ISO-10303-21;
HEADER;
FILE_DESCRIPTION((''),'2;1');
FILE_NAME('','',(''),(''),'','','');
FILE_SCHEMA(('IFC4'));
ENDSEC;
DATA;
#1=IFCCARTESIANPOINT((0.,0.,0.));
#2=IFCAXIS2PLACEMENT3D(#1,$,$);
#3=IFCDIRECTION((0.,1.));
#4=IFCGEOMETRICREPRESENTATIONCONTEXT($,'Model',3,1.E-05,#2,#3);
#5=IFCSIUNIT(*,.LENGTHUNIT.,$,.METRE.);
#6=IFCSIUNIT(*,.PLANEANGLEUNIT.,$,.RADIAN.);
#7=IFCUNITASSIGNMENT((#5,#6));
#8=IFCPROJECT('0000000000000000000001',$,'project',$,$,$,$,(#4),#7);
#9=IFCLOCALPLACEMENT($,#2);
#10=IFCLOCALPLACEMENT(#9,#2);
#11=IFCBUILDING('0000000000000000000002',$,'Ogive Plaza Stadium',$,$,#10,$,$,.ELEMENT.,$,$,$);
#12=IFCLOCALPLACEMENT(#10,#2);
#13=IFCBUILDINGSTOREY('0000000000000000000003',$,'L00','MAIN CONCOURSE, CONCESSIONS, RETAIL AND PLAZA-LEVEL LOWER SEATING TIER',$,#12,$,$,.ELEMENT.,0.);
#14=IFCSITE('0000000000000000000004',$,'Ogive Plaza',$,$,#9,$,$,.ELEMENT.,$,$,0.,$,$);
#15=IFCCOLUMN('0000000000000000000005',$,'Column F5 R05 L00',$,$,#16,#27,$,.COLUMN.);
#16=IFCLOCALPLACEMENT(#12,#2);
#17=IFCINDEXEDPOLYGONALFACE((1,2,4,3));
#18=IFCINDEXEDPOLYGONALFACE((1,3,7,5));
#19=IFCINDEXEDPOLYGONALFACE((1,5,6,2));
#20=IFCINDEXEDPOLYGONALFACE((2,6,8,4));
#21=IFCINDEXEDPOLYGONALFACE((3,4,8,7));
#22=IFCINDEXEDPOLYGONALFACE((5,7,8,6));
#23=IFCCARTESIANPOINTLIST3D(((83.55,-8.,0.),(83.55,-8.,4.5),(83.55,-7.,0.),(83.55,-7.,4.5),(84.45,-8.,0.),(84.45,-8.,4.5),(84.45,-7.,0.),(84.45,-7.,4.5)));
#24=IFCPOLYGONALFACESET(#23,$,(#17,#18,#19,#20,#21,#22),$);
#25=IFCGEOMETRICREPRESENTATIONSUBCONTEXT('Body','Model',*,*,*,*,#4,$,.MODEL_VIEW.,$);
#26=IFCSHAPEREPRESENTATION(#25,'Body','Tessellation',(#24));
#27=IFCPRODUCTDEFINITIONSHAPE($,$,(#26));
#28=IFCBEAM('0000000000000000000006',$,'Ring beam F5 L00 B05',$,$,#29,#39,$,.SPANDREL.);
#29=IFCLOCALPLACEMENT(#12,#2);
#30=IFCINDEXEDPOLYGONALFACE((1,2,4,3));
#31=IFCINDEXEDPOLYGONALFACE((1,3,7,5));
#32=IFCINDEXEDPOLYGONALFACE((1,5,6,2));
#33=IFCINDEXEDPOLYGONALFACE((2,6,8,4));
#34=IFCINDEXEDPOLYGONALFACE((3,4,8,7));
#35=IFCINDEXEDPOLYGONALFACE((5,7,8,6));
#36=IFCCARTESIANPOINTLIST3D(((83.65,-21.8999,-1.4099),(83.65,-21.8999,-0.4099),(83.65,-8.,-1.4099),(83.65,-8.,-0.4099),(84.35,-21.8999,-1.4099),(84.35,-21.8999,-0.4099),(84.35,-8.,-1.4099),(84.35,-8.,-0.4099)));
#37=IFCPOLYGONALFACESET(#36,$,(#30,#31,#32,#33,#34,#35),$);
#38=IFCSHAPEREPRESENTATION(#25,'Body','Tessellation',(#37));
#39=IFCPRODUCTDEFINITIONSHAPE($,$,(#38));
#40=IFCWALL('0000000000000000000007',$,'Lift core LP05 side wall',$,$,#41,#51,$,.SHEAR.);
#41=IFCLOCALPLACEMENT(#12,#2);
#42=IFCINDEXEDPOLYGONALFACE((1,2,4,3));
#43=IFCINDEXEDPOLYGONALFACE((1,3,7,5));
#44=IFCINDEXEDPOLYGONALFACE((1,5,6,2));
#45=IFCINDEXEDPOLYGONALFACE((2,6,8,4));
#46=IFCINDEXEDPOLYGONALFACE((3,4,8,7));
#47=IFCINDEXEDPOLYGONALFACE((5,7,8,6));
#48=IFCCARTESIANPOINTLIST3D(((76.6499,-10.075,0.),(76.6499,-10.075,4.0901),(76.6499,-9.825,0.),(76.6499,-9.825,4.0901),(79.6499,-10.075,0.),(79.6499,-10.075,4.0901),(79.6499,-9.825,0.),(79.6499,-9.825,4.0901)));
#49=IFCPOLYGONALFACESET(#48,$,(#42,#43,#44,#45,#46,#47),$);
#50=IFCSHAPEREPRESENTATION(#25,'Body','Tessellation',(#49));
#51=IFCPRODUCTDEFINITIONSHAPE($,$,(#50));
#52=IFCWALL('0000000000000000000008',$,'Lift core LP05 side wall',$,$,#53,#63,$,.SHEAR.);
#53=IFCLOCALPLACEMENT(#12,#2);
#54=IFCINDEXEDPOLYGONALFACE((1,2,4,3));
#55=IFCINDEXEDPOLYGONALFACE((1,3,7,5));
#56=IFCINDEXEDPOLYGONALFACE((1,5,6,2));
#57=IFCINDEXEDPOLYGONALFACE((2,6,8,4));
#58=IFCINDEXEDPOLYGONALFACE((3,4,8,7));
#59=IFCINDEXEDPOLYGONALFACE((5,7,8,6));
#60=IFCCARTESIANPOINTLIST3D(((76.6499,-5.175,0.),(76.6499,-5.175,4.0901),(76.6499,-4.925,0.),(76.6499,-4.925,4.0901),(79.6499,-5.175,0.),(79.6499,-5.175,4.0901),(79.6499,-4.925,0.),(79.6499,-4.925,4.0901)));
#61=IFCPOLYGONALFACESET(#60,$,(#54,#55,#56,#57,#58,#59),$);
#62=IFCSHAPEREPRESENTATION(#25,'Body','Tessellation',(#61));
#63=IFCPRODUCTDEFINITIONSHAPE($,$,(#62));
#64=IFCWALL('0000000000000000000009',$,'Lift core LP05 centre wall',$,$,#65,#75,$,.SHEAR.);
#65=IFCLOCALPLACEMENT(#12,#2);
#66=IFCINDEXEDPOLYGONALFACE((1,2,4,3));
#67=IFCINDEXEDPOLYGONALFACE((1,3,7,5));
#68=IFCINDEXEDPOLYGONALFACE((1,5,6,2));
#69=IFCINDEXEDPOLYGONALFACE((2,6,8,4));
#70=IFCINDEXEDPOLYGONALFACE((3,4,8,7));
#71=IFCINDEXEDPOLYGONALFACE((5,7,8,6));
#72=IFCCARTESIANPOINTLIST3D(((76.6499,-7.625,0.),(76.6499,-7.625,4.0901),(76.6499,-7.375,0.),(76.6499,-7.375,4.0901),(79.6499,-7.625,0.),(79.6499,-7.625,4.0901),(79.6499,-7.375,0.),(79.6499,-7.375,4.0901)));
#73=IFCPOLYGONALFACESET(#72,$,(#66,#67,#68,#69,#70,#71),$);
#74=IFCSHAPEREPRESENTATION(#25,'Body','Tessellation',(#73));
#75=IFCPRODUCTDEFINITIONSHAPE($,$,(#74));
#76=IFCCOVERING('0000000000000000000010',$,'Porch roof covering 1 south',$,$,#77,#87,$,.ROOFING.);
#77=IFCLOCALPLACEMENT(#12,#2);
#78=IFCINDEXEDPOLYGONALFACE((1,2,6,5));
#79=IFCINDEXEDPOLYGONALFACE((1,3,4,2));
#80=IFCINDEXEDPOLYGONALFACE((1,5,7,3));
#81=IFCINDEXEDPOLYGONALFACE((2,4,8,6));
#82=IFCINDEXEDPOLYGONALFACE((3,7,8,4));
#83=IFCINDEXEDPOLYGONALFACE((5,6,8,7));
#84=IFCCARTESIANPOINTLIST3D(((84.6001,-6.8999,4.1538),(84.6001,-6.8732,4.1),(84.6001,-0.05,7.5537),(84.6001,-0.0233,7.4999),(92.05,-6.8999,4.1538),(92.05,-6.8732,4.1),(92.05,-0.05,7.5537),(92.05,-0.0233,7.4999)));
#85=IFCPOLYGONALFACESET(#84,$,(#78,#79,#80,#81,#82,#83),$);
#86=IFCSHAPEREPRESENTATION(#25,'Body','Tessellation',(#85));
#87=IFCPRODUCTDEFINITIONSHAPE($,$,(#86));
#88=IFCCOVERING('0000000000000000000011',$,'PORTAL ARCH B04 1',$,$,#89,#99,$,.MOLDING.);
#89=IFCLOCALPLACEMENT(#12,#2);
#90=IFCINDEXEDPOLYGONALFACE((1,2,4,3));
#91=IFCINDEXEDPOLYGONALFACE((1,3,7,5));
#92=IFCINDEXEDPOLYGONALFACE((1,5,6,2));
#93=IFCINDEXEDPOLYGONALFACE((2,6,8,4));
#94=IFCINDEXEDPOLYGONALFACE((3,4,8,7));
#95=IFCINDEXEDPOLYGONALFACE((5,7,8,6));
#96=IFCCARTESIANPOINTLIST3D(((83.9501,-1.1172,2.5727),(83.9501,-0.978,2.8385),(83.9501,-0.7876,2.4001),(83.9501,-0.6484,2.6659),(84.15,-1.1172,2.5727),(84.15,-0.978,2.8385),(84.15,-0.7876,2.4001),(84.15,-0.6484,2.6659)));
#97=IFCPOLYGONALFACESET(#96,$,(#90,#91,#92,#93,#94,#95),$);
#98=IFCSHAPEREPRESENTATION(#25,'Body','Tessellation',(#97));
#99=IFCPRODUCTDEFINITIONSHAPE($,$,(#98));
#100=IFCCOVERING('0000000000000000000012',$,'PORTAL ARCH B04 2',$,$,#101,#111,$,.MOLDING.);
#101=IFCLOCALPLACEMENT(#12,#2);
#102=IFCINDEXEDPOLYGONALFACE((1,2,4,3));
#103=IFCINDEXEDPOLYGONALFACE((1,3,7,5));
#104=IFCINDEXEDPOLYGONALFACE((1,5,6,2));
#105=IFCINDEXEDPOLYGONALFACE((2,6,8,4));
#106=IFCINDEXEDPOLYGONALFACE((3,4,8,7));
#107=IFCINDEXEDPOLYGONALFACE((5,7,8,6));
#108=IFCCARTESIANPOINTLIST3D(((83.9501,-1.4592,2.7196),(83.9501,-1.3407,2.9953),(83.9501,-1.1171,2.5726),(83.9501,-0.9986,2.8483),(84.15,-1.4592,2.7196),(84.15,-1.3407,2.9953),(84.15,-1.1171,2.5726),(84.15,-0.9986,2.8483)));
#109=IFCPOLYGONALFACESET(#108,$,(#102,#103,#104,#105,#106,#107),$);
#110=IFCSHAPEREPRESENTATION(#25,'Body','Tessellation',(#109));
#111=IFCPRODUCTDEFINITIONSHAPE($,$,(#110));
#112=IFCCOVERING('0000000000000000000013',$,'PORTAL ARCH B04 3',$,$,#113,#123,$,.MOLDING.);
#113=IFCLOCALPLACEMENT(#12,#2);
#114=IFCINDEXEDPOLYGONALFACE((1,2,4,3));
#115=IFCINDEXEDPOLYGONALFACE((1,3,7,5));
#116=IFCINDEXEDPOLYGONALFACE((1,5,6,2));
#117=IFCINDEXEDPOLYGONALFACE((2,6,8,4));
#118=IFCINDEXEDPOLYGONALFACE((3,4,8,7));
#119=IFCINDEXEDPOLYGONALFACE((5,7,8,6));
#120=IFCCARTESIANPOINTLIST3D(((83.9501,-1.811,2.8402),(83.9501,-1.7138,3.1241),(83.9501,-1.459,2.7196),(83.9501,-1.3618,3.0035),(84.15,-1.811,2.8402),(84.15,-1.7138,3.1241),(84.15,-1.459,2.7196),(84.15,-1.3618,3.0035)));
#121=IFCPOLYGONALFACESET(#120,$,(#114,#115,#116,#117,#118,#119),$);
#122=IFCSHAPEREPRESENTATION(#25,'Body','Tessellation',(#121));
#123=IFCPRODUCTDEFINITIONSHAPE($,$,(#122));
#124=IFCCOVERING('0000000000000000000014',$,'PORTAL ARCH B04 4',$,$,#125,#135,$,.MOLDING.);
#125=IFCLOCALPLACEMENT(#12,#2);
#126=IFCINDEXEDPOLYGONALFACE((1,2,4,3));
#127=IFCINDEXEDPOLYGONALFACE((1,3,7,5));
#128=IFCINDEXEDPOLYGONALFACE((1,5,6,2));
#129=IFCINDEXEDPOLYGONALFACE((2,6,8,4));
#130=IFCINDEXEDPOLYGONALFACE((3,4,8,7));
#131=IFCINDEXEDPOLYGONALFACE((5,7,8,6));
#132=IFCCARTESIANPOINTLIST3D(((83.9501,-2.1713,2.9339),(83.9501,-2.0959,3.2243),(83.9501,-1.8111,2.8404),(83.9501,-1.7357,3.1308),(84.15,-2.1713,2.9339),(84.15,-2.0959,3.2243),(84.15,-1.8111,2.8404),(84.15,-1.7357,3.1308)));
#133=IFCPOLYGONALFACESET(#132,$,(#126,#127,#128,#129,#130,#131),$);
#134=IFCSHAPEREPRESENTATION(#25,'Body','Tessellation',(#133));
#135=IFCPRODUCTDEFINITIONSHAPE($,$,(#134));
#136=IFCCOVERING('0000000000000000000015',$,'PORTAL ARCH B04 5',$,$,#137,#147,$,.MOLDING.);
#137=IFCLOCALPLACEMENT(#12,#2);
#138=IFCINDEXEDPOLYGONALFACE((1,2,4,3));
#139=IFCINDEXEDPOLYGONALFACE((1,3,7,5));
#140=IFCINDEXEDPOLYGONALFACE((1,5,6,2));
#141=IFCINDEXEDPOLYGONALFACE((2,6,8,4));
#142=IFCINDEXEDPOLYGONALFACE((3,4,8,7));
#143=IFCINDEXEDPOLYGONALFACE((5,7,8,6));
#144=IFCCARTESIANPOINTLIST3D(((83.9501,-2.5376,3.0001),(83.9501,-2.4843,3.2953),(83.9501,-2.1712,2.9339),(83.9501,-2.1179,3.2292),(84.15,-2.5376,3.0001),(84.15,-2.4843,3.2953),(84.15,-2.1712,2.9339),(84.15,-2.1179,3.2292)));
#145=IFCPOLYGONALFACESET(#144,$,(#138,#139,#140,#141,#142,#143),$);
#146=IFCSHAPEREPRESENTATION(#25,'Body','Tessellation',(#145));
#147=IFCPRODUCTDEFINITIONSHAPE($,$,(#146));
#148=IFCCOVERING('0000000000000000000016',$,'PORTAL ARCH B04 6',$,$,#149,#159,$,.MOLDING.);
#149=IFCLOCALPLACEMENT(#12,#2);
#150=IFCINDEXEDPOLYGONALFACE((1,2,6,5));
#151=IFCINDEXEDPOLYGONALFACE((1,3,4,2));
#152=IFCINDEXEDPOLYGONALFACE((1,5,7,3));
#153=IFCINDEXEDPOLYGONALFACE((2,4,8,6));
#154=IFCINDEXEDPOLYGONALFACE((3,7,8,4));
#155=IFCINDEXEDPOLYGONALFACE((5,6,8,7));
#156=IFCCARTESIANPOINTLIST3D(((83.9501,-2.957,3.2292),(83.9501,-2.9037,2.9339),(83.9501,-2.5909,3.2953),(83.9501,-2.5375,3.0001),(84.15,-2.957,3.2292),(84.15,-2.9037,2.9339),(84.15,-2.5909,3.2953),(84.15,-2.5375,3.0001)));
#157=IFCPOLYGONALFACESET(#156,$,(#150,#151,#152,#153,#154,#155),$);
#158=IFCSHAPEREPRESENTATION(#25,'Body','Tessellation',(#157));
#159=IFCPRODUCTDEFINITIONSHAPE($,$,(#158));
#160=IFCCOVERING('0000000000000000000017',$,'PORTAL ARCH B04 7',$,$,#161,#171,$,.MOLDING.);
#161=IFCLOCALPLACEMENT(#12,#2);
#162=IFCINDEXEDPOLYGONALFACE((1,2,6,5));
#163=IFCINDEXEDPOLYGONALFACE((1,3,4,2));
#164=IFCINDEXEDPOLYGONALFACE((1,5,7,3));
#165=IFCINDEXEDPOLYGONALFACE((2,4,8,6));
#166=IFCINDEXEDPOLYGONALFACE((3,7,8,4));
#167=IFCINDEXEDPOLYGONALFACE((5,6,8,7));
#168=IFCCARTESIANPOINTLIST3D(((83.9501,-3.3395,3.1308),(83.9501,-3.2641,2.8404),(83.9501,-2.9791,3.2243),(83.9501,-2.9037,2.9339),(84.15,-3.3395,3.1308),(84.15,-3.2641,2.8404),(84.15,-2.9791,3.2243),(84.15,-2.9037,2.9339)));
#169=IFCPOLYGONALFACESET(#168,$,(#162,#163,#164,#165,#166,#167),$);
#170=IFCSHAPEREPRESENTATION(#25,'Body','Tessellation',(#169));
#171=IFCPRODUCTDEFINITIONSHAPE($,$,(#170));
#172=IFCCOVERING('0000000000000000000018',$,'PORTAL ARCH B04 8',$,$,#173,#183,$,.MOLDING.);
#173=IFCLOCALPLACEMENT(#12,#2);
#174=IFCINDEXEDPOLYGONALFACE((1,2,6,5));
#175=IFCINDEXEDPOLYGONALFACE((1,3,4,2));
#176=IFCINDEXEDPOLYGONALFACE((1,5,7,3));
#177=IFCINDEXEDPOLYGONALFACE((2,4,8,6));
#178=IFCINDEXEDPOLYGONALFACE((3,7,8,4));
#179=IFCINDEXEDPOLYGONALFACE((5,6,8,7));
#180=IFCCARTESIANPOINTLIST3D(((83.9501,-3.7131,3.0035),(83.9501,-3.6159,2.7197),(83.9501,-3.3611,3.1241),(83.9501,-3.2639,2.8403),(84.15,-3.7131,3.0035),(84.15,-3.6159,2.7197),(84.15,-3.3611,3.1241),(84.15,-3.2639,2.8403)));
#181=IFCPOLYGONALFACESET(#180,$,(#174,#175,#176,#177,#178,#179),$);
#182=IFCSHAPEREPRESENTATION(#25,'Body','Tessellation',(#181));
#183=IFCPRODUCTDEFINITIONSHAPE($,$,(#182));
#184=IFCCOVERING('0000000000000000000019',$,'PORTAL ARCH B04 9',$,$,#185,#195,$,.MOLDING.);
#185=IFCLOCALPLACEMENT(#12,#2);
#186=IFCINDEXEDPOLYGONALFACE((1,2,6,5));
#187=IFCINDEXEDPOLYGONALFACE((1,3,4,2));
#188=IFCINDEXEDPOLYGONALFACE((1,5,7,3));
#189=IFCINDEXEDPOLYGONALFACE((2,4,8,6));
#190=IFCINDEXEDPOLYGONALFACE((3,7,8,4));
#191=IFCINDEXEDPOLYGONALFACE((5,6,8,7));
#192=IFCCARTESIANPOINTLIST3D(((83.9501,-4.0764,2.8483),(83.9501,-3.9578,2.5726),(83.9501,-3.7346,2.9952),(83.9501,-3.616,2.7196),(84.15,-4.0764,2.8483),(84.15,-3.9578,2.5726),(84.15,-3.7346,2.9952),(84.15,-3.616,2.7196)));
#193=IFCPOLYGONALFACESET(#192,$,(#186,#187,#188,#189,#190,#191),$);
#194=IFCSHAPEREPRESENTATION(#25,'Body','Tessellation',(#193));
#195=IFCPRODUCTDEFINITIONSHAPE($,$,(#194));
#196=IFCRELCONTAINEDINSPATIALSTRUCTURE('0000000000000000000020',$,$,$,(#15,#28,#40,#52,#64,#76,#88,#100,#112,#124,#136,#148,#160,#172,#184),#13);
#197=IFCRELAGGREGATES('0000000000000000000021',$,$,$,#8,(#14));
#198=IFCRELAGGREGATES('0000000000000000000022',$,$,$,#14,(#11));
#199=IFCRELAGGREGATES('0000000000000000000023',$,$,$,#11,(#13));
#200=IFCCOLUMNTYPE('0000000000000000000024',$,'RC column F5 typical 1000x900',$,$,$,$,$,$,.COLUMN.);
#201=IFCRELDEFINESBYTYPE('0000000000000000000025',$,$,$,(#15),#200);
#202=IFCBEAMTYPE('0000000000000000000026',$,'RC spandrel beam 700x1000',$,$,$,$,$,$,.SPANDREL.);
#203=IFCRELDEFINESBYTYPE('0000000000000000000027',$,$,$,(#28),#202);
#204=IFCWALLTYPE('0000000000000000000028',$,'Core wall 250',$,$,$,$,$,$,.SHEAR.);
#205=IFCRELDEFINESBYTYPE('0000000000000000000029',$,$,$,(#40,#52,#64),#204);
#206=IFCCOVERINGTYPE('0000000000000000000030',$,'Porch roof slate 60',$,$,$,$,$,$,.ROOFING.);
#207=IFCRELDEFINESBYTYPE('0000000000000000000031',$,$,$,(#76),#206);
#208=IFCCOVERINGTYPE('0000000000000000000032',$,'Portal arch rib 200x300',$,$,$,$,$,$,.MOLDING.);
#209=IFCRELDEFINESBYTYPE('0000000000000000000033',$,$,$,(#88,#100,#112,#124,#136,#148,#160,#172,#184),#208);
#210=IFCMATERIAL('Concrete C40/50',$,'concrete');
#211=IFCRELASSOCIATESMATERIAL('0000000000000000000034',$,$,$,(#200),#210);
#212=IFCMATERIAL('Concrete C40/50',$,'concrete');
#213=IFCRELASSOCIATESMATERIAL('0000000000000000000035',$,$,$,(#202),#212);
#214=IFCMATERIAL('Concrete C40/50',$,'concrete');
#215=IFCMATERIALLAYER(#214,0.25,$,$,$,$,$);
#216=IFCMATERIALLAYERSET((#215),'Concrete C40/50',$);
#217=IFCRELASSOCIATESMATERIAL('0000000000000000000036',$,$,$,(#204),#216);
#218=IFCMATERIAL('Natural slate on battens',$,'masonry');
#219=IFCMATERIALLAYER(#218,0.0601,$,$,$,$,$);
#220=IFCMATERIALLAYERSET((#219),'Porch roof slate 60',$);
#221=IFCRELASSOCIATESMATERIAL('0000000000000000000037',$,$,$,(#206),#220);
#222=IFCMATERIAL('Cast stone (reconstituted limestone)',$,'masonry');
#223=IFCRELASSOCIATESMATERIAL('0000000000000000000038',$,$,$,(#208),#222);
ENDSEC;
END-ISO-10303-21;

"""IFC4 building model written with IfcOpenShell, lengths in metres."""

from ifc_helpers import new_model, si_unit, direction, frame, frame_2d, origin, origin_2d, place, context, subcontext, project, spatial, polyline, rectangle, outline, extrude, material, layer, layer_set, material_profile, profile_set, type_object, element, save


model = new_model("IFC4")

# Units and contexts
model_context = context("Model", 3, precision=1e-05, world=origin(), true_north=direction((0.0, 1.0)))
body_context = subcontext(model_context, "Body", "Model", "MODEL_VIEW")
ifc_project = project(units=[si_unit("LENGTHUNIT", "METRE"), si_unit("PLANEANGLEUNIT", "RADIAN")], contexts=[model_context])

# Site, building, storey
site_placement = place(None, origin())
site = spatial("IfcSite", under=ifc_project, at=site_placement, Name="Ogive Plaza", CompositionType="ELEMENT", RefElevation=0.0)
building_placement = place(site_placement, origin())
building = spatial("IfcBuilding", under=site, at=building_placement, Name="Ogive Plaza Stadium", CompositionType="ELEMENT")
storey_placement = place(building_placement, origin())
storey = spatial("IfcBuildingStorey", under=building, at=storey_placement, Name="L00", Description="MAIN CONCOURSE, CONCESSIONS, RETAIL AND PLAZA-LEVEL LOWER SEATING TIER", CompositionType="ELEMENT", Elevation=0.0)

# Column
ifc_material_1 = material(Name="Concrete C40/50", Category="concrete")
ifc_material_profile_1 = material_profile(ifc_material_1, rectangle(XDim=1.0, YDim=0.8999, at=origin_2d()), Name="RC 1000x900")
ifc_profile_set_1 = profile_set([ifc_material_profile_1], Name="Concrete C40/50")
column_type = type_object("IfcColumnType", Name="RC column F5 typical 1000x900", PredefinedType="COLUMN", material=ifc_profile_set_1)
column_placement = place(storey_placement, frame((84.0, -7.5, 0.0), z_axis=(0.0, 0.0, 1.0), x_axis=(0.0, 1.0, 0.0)))
element("IfcColumn", 1, at=column_placement, inside=storey, type_object=column_type, Name="Column F5 R05 L00", PredefinedType="COLUMN", context=body_context, shape_type="SweptSolid", body=[
    extrude(rectangle(XDim=1.0, YDim=0.8999, at=origin_2d()), origin(), (0.0, 0.0, 1.0), 4.5),
])

# Beam
ifc_material_2 = material(Name="Concrete C40/50", Category="concrete")
ifc_material_profile_2 = material_profile(ifc_material_2, rectangle(XDim=0.7, YDim=1.0, at=origin_2d()), Name="RC 700x1000")
ifc_profile_set_2 = profile_set([ifc_material_profile_2], Name="Concrete C40/50")
beam_type = type_object("IfcBeamType", Name="RC spandrel beam 700x1000", PredefinedType="SPANDREL", material=ifc_profile_set_2)
beam_placement = place(storey_placement, frame((84.0, -8.0, -0.9099), z_axis=(0.0, -1.0, 0.0), x_axis=(1.0, 0.0, 0.0)))
element("IfcBeam", 2, at=beam_placement, inside=storey, type_object=beam_type, Name="Ring beam F5 L00 B05", PredefinedType="SPANDREL", context=body_context, shape_type="SweptSolid", body=[
    extrude(rectangle(XDim=0.7, YDim=1.0, at=origin_2d()), origin(), (0.0, 0.0, 1.0), 13.8999),
])

# Walls
ifc_material_3 = material(Name="Concrete C40/50", Category="concrete")
ifc_layer_1 = layer(ifc_material_3, 0.25)
ifc_layer_set_1 = layer_set([ifc_layer_1], Name="Concrete C40/50")
wall_type_1 = type_object("IfcWallType", Name="Core wall 250", PredefinedType="SHEAR", material=ifc_layer_set_1)
for number, where, z_axis, x_axis, name in (
    (3, (76.6499, -9.95, 0.0), (0.0, 0.0, 1.0), (1.0, 0.0, 0.0), "Lift core LP05 side wall"),
    (4, (76.6499, -5.05, 0.0), (0.0, 0.0, 1.0), (1.0, 0.0, 0.0), "Lift core LP05 side wall"),
    (5, (76.6499, -7.5, 0.0), (0.0, 0.0, 1.0), (1.0, 0.0, 0.0), "Lift core LP05 centre wall"),
):
    element("IfcWall", number, at=place(storey_placement, frame(where, z_axis=z_axis, x_axis=x_axis)), inside=storey, type_object=wall_type_1, Name=name, PredefinedType="SHEAR", context=body_context, shape_type="SweptSolid", body=[
        extrude(rectangle(XDim=3.0, YDim=0.25, at=frame_2d((1.5, 0.0))), origin(), (0.0, 0.0, 1.0), 4.0901),
    ])

# Coverings
ifc_material_4 = material(Name="Natural slate on battens", Category="masonry")
ifc_layer_2 = layer(ifc_material_4, 0.0601)
ifc_layer_set_2 = layer_set([ifc_layer_2], Name="Porch roof slate 60")
covering_type_1 = type_object("IfcCoveringType", Name="Porch roof slate 60", PredefinedType="ROOFING", material=ifc_layer_set_2)
covering_1_placement = place(storey_placement, frame((84.6001, -6.8999, 4.1538), z_axis=(0.0, -0.444594, 0.895732), x_axis=(0.0, 0.895732, 0.444594)))
element("IfcCovering", 6, at=covering_1_placement, inside=storey, type_object=covering_type_1, Name="Porch roof covering 1 south", PredefinedType="ROOFING", context=body_context, shape_type="SweptSolid", body=[
    extrude(outline(polyline([(0.0, 0.0), (7.6472, 0.0), (7.6472, -7.45), (0.0, -7.45), (0.0, 0.0)])), origin(), (0.0, 0.0, -1.0), 0.0601),
])
ifc_material_5 = material(Name="Cast stone (reconstituted limestone)", Category="masonry")
ifc_material_profile_3 = material_profile(ifc_material_5, rectangle(XDim=0.2, YDim=0.3, at=origin_2d()), Name="Cast stone 200x300")
ifc_profile_set_3 = profile_set([ifc_material_profile_3], Name="Cast stone (reconstituted limestone)")
covering_type_2 = type_object("IfcCoveringType", Name="Portal arch rib 200x300", PredefinedType="MOLDING", material=ifc_profile_set_3)
covering_2_placement = place(storey_placement, frame((84.05, -0.718, 2.533), z_axis=(0.0, -0.88587, 0.463933), x_axis=(1.0, 0.0, 0.0)))
element("IfcCovering", 7, at=covering_2_placement, inside=storey, type_object=covering_type_2, Name="PORTAL ARCH B04 1", PredefinedType="MOLDING", context=body_context, shape_type="SweptSolid", body=[
    extrude(rectangle(XDim=0.2, YDim=0.3, at=origin_2d()), origin(), (0.0, 0.0, 1.0), 0.3721),
])
covering_3_placement = place(storey_placement, frame((84.05, -1.0579, 2.7104), z_axis=(0.0, -0.918771, 0.39479), x_axis=(1.0, 0.0, 0.0)))
element("IfcCovering", 8, at=covering_3_placement, inside=storey, type_object=covering_type_2, Name="PORTAL ARCH B04 2", PredefinedType="MOLDING", context=body_context, shape_type="SweptSolid", body=[
    extrude(rectangle(XDim=0.2, YDim=0.3, at=origin_2d()), origin(), (0.0, 0.0, 1.0), 0.3723),
])
for number, where, z_axis, x_axis, name in (
    (9, (84.05, -1.4104, 2.8616), (0.0, -0.946026, 0.324089), (1.0, 0.0, 0.0), "PORTAL ARCH B04 3"),
    (10, (84.05, -1.7734, 2.9856), (0.0, -0.967902, 0.251327), (1.0, 0.0, 0.0), "PORTAL ARCH B04 4"),
):
    element("IfcCovering", number, at=place(storey_placement, frame(where, z_axis=z_axis, x_axis=x_axis)), inside=storey, type_object=covering_type_2, Name=name, PredefinedType="MOLDING", context=body_context, shape_type="SweptSolid", body=[
        extrude(rectangle(XDim=0.2, YDim=0.3, at=origin_2d()), origin(), (0.0, 0.0, 1.0), 0.3721),
    ])
covering_4_placement = place(storey_placement, frame((84.05, -2.1445, 3.0815), z_axis=(0.0, -0.984089, 0.177674), x_axis=(1.0, 0.0, 0.0)))
element("IfcCovering", 11, at=covering_4_placement, inside=storey, type_object=covering_type_2, Name="PORTAL ARCH B04 5", PredefinedType="MOLDING", context=body_context, shape_type="SweptSolid", body=[
    extrude(rectangle(XDim=0.2, YDim=0.3, at=origin_2d()), origin(), (0.0, 0.0, 1.0), 0.3723),
])
covering_5_placement = place(storey_placement, frame((84.05, -2.5642, 3.1477), z_axis=(0.0, -0.984069, -0.177788), x_axis=(1.0, 0.0, 0.0)))
element("IfcCovering", 12, at=covering_5_placement, inside=storey, type_object=covering_type_2, Name="PORTAL ARCH B04 6", PredefinedType="MOLDING", context=body_context, shape_type="SweptSolid", body=[
    extrude(rectangle(XDim=0.2, YDim=0.3, at=origin_2d()), origin(), (0.0, 0.0, 1.0), 0.3721),
])
covering_6_placement = place(storey_placement, frame((84.05, -2.9414, 3.0791), z_axis=(0.0, -0.967944, -0.251167), x_axis=(1.0, 0.0, 0.0)))
element("IfcCovering", 13, at=covering_6_placement, inside=storey, type_object=covering_type_2, Name="PORTAL ARCH B04 7", PredefinedType="MOLDING", context=body_context, shape_type="SweptSolid", body=[
    extrude(rectangle(XDim=0.2, YDim=0.3, at=origin_2d()), origin(), (0.0, 0.0, 1.0), 0.3723),
])
for number, where, z_axis, x_axis, name in (
    (14, (84.05, -3.3125, 2.9822), (0.0, -0.946026, -0.324089), (1.0, 0.0, 0.0), "PORTAL ARCH B04 8"),
    (15, (84.05, -3.6753, 2.8574), (0.0, -0.918669, -0.395028), (1.0, 0.0, 0.0), "PORTAL ARCH B04 9"),
):
    element("IfcCovering", number, at=place(storey_placement, frame(where, z_axis=z_axis, x_axis=x_axis)), inside=storey, type_object=covering_type_2, Name=name, PredefinedType="MOLDING", context=body_context, shape_type="SweptSolid", body=[
        extrude(rectangle(XDim=0.2, YDim=0.3, at=origin_2d()), origin(), (0.0, 0.0, 1.0), 0.3721),
    ])

save(model, "model.ifc")
